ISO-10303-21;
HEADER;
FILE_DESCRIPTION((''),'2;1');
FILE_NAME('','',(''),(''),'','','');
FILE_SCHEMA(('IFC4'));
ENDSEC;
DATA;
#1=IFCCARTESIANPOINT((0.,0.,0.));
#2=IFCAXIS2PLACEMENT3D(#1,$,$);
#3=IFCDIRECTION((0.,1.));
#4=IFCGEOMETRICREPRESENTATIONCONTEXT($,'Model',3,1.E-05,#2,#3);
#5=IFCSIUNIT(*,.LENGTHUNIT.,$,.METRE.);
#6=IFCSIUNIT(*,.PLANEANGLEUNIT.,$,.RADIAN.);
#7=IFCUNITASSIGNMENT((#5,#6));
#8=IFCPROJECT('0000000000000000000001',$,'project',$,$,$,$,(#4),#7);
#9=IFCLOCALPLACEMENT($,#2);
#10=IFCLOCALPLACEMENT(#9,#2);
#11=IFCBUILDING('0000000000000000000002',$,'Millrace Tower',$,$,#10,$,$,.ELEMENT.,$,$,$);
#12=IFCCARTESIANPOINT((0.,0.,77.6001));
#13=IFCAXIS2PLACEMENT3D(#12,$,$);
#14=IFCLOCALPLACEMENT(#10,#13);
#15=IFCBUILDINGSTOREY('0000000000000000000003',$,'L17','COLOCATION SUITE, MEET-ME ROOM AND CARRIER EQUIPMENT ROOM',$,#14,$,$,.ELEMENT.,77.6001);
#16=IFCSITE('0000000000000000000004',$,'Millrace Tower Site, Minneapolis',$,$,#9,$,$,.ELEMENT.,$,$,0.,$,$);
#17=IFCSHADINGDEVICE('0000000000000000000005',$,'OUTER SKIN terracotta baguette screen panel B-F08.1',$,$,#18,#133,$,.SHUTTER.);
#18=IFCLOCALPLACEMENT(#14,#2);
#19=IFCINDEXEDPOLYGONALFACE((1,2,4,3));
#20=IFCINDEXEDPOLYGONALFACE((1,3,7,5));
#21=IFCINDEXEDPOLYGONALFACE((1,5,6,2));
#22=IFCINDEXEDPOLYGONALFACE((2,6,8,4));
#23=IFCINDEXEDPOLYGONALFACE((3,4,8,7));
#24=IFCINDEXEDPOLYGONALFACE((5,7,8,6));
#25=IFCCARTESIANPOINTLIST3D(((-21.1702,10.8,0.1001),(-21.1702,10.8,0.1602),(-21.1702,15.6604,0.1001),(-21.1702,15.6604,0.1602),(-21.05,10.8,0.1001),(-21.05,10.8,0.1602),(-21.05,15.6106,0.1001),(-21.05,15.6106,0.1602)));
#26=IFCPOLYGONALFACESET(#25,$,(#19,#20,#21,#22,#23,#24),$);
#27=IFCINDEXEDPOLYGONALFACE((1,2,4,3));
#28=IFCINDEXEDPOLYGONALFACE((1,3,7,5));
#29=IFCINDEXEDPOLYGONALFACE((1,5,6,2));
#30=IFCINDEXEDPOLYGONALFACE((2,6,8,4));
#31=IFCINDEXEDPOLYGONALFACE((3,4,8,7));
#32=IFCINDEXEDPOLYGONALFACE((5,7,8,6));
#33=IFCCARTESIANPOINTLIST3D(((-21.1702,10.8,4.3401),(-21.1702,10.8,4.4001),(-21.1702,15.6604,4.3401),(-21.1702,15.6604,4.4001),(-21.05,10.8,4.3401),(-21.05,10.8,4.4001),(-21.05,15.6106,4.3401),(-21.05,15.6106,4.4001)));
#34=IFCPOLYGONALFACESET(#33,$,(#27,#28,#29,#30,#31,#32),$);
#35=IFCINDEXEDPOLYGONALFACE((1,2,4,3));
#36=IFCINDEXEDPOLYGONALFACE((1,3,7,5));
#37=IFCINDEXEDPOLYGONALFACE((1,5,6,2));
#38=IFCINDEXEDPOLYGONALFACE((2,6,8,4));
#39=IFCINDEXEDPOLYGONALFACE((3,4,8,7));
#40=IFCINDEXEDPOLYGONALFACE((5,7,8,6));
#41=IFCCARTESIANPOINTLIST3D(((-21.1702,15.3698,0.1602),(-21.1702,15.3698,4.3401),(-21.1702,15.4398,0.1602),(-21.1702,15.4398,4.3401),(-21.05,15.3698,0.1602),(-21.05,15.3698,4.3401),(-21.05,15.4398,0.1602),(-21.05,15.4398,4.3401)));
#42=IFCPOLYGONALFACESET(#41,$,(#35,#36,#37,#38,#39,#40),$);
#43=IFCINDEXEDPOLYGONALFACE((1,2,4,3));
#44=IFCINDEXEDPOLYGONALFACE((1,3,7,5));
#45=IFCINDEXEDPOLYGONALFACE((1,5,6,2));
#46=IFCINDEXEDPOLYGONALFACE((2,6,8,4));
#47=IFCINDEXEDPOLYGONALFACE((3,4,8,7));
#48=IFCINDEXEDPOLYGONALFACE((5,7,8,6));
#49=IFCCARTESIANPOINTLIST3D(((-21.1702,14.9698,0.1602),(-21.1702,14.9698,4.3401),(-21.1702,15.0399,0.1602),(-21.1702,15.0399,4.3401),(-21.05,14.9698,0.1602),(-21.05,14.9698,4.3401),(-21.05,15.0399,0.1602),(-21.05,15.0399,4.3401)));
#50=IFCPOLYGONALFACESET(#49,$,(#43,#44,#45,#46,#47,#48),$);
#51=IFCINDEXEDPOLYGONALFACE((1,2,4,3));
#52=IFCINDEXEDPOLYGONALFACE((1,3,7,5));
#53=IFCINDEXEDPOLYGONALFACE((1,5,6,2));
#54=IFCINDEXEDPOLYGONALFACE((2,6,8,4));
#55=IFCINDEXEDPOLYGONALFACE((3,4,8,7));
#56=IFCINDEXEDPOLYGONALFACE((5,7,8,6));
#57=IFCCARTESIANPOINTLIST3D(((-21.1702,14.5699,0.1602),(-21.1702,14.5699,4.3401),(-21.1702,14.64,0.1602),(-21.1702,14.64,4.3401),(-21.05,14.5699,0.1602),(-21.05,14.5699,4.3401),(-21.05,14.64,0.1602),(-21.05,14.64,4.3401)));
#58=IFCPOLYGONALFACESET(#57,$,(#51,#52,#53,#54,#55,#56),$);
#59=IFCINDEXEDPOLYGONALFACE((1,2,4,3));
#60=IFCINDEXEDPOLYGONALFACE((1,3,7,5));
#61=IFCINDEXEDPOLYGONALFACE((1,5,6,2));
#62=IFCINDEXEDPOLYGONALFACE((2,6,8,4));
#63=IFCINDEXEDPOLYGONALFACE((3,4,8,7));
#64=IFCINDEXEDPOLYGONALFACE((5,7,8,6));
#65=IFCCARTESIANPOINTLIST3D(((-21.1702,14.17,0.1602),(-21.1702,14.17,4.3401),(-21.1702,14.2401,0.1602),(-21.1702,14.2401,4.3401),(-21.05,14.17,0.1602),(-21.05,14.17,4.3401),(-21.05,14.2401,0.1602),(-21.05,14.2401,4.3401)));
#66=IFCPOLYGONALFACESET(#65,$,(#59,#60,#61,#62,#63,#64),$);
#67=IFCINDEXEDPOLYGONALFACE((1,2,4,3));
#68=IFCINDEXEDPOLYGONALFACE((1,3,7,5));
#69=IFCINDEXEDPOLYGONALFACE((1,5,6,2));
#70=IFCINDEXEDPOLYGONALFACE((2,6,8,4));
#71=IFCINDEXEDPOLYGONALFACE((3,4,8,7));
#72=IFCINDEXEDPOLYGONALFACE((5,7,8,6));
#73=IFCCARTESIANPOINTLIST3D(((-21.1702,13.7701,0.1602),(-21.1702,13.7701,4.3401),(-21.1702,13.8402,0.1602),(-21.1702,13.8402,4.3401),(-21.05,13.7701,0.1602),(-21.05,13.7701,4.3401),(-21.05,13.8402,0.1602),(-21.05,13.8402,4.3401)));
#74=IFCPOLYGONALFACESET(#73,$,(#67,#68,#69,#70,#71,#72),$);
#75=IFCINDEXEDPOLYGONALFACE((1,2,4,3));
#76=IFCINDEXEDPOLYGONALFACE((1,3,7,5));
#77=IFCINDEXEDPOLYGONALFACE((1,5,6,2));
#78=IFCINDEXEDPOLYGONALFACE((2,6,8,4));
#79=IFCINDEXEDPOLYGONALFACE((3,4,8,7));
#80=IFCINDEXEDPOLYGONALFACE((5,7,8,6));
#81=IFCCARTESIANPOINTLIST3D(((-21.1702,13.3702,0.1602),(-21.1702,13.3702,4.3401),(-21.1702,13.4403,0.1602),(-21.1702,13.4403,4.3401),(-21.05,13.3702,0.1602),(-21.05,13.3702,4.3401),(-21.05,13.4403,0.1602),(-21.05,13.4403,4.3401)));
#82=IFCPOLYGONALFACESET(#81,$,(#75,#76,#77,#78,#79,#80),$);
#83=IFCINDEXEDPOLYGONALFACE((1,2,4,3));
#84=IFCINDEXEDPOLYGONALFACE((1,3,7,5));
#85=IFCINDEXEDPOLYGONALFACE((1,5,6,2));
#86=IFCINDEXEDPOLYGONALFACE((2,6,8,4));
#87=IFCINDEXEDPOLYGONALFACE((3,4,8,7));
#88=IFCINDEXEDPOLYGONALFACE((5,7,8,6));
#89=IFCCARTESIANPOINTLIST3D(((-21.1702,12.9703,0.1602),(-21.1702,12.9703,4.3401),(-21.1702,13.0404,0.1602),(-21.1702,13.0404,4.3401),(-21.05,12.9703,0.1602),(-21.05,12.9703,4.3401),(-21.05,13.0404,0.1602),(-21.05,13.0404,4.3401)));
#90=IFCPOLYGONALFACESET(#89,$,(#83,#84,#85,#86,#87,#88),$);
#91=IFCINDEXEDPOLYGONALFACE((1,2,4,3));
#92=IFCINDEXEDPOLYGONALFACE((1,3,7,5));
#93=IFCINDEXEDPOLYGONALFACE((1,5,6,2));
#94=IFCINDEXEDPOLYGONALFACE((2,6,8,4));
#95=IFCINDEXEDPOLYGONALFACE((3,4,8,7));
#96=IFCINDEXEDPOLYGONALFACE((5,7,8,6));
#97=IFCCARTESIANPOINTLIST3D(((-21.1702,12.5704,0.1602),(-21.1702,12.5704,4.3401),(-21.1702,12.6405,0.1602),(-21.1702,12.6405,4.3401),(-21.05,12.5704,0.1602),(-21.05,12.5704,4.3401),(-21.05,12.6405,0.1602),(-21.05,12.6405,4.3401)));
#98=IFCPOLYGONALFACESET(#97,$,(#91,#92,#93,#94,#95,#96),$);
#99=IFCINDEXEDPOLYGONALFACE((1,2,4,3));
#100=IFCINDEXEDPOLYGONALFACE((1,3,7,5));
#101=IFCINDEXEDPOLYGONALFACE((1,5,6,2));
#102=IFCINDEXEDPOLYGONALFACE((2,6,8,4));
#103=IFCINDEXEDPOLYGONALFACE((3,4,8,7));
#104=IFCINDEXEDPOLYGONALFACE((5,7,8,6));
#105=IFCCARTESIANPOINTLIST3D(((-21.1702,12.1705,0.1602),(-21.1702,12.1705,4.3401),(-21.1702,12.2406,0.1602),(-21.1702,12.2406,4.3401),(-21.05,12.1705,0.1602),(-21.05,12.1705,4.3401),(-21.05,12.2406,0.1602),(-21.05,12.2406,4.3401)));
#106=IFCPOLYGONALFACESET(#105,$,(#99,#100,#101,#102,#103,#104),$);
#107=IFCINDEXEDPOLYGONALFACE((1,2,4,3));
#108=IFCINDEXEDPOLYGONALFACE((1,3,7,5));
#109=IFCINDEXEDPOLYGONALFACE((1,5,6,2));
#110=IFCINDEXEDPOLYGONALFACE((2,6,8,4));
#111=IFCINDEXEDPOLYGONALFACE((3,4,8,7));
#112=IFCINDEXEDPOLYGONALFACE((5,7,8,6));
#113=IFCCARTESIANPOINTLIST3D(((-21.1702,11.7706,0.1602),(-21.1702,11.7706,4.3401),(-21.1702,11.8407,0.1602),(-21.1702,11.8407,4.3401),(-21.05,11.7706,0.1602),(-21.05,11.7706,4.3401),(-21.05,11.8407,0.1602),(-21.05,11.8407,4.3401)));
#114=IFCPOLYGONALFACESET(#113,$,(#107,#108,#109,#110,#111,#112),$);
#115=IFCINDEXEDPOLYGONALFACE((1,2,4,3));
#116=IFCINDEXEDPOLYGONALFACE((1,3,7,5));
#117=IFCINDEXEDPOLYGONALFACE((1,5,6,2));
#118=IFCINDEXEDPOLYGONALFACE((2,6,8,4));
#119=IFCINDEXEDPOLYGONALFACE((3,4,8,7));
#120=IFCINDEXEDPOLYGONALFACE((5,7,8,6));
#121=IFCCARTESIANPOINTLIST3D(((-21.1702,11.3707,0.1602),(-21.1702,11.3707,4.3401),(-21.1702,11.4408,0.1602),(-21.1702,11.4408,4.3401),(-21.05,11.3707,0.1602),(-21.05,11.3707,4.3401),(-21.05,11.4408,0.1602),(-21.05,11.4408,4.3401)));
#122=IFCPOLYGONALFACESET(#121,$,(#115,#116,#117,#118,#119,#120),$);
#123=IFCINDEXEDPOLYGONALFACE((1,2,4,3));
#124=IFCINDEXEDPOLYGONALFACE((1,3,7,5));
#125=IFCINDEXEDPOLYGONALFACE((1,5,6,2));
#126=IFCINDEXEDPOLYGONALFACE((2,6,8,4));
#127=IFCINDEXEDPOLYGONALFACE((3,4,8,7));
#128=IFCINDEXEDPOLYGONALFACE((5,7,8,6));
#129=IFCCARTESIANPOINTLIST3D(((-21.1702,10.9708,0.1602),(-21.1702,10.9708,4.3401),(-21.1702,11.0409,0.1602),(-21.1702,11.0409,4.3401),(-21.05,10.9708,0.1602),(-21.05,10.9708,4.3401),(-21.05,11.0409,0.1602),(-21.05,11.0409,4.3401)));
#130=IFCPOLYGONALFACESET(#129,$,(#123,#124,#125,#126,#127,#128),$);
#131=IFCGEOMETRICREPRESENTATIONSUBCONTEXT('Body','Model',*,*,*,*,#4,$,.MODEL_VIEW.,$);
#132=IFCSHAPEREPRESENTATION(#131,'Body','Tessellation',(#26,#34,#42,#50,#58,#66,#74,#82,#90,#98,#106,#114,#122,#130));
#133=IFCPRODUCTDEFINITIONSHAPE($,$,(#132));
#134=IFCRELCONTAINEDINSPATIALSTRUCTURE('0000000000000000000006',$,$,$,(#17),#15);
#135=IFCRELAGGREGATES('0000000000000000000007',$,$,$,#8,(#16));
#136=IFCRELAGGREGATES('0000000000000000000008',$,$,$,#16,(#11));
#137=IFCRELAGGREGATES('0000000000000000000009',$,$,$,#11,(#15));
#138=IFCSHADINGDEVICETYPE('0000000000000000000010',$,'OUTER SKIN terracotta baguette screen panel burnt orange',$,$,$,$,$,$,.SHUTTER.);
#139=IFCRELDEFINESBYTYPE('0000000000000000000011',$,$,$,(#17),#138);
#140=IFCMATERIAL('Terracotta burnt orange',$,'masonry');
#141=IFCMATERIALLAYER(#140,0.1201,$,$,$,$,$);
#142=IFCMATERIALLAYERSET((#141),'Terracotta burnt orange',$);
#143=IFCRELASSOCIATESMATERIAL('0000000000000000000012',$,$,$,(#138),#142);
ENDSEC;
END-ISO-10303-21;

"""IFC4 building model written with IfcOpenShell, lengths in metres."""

from ifc_helpers import new_model, entity, si_unit, direction, frame, frame_2d, origin, place, context, subcontext, project, spatial, rectangle, extrude, source, transform, mapped, material, layer, layer_set, type_object, element, save


model = new_model("IFC4")

# Units and contexts
model_context = context("Model", 3, precision=1e-05, world=origin(), true_north=direction((0.0, 1.0)))
body_context = subcontext(model_context, "Body", "Model", "MODEL_VIEW")
ifc_project = project(units=[si_unit("LENGTHUNIT", "METRE"), si_unit("PLANEANGLEUNIT", "RADIAN")], contexts=[model_context])

# Site, building, storey
site_placement = place(None, origin())
site = spatial("IfcSite", under=ifc_project, at=site_placement, Name="Millrace Tower Site, Minneapolis", CompositionType="ELEMENT", RefElevation=0.0)
building_placement = place(site_placement, origin())
building = spatial("IfcBuilding", under=site, at=building_placement, Name="Millrace Tower", CompositionType="ELEMENT")
storey_placement = place(building_placement, frame((0.0, 0.0, 77.6001)))
storey = spatial("IfcBuildingStorey", under=building, at=storey_placement, Name="L17", Description="COLOCATION SUITE, MEET-ME ROOM AND CARRIER EQUIPMENT ROOM", CompositionType="ELEMENT", Elevation=77.6001)

# Shading device
ifc_material_1 = material(Name="Terracotta burnt orange", Category="masonry")
ifc_layer_1 = layer(ifc_material_1, 0.1201)
ifc_layer_set_1 = layer_set([ifc_layer_1], Name="Terracotta burnt orange")
shading_device_type = type_object("IfcShadingDeviceType", Name="OUTER SKIN terracotta baguette screen panel burnt orange", PredefinedType="SHUTTER", material=ifc_layer_set_1)
cartesian_point_1 = entity("IfcCartesianPoint", [-2.3928, 0.0601])
shared_polyline_1 = entity("IfcPolyline", [cartesian_point_1, entity("IfcCartesianPoint", [2.4177, 0.0601]), entity("IfcCartesianPoint", [2.4177, -0.0601]), entity("IfcCartesianPoint", [-2.4426, -0.0601]), cartesian_point_1])
shared_shape_1 = source(origin(), body_context, "Body", "SweptSolid", [
    entity("IfcExtrudedAreaSolid", entity("IfcArbitraryClosedProfileDef", "AREA", None, shared_polyline_1), entity("IfcAxis2Placement3D", entity("IfcCartesianPoint", [0.0, 0.0, 0.0])), entity("IfcDirection", [0.0, 0.0, 1.0]), 0.0601),
    entity("IfcExtrudedAreaSolid", entity("IfcArbitraryClosedProfileDef", "AREA", None, shared_polyline_1), entity("IfcAxis2Placement3D", entity("IfcCartesianPoint", [0.0, 0.0, 4.24])), entity("IfcDirection", [0.0, 0.0, 1.0]), 0.0601),
    extrude(rectangle(XDim=0.0701, YDim=0.1201, at=frame_2d((-2.187, 0.0))), frame((0.0, 0.0, 0.0601)), (0.0, 0.0, 1.0), 4.1799),
    extrude(rectangle(XDim=0.0701, YDim=0.1201, at=frame_2d((-1.7871, 0.0))), frame((0.0, 0.0, 0.0601)), (0.0, 0.0, 1.0), 4.1799),
    extrude(rectangle(XDim=0.0701, YDim=0.1201, at=frame_2d((-1.3872, 0.0))), frame((0.0, 0.0, 0.0601)), (0.0, 0.0, 1.0), 4.1799),
    extrude(rectangle(XDim=0.0701, YDim=0.1201, at=frame_2d((-0.9873, 0.0))), frame((0.0, 0.0, 0.0601)), (0.0, 0.0, 1.0), 4.1799),
    extrude(rectangle(XDim=0.0701, YDim=0.1201, at=frame_2d((-0.5874, 0.0))), frame((0.0, 0.0, 0.0601)), (0.0, 0.0, 1.0), 4.1799),
    extrude(rectangle(XDim=0.0701, YDim=0.1201, at=frame_2d((-0.1875, 0.0))), frame((0.0, 0.0, 0.0601)), (0.0, 0.0, 1.0), 4.1799),
    extrude(rectangle(XDim=0.0701, YDim=0.1201, at=frame_2d((0.2124, 0.0))), frame((0.0, 0.0, 0.0601)), (0.0, 0.0, 1.0), 4.1799),
    extrude(rectangle(XDim=0.0701, YDim=0.1201, at=frame_2d((0.6123, 0.0))), frame((0.0, 0.0, 0.0601)), (0.0, 0.0, 1.0), 4.1799),
    extrude(rectangle(XDim=0.0701, YDim=0.1201, at=frame_2d((1.0122, 0.0))), frame((0.0, 0.0, 0.0601)), (0.0, 0.0, 1.0), 4.1799),
    extrude(rectangle(XDim=0.0701, YDim=0.1201, at=frame_2d((1.4121, 0.0))), frame((0.0, 0.0, 0.0601)), (0.0, 0.0, 1.0), 4.1799),
    extrude(rectangle(XDim=0.0701, YDim=0.1201, at=frame_2d((1.812, 0.0))), frame((0.0, 0.0, 0.0601)), (0.0, 0.0, 1.0), 4.1799),
    extrude(rectangle(XDim=0.0701, YDim=0.1201, at=frame_2d((2.2119, 0.0))), frame((0.0, 0.0, 0.0601)), (0.0, 0.0, 1.0), 4.1799),
])
shading_device_1_placement = place(storey_placement, frame((-21.1101, 13.2178, 0.1001), z_axis=(0.0, 0.0, 1.0), x_axis=(0.0, -1.0, 0.0)))
element("IfcShadingDevice", 1, at=shading_device_1_placement, inside=storey, type_object=shading_device_type, Name="OUTER SKIN terracotta baguette screen panel B-F08.1", PredefinedType="SHUTTER", context=body_context, shape_type="MappedRepresentation", body=[
    mapped(shared_shape_1, transform((0.0, 0.0, 0.0), scale=1.0)),
])

save(model, "model.ifc")
